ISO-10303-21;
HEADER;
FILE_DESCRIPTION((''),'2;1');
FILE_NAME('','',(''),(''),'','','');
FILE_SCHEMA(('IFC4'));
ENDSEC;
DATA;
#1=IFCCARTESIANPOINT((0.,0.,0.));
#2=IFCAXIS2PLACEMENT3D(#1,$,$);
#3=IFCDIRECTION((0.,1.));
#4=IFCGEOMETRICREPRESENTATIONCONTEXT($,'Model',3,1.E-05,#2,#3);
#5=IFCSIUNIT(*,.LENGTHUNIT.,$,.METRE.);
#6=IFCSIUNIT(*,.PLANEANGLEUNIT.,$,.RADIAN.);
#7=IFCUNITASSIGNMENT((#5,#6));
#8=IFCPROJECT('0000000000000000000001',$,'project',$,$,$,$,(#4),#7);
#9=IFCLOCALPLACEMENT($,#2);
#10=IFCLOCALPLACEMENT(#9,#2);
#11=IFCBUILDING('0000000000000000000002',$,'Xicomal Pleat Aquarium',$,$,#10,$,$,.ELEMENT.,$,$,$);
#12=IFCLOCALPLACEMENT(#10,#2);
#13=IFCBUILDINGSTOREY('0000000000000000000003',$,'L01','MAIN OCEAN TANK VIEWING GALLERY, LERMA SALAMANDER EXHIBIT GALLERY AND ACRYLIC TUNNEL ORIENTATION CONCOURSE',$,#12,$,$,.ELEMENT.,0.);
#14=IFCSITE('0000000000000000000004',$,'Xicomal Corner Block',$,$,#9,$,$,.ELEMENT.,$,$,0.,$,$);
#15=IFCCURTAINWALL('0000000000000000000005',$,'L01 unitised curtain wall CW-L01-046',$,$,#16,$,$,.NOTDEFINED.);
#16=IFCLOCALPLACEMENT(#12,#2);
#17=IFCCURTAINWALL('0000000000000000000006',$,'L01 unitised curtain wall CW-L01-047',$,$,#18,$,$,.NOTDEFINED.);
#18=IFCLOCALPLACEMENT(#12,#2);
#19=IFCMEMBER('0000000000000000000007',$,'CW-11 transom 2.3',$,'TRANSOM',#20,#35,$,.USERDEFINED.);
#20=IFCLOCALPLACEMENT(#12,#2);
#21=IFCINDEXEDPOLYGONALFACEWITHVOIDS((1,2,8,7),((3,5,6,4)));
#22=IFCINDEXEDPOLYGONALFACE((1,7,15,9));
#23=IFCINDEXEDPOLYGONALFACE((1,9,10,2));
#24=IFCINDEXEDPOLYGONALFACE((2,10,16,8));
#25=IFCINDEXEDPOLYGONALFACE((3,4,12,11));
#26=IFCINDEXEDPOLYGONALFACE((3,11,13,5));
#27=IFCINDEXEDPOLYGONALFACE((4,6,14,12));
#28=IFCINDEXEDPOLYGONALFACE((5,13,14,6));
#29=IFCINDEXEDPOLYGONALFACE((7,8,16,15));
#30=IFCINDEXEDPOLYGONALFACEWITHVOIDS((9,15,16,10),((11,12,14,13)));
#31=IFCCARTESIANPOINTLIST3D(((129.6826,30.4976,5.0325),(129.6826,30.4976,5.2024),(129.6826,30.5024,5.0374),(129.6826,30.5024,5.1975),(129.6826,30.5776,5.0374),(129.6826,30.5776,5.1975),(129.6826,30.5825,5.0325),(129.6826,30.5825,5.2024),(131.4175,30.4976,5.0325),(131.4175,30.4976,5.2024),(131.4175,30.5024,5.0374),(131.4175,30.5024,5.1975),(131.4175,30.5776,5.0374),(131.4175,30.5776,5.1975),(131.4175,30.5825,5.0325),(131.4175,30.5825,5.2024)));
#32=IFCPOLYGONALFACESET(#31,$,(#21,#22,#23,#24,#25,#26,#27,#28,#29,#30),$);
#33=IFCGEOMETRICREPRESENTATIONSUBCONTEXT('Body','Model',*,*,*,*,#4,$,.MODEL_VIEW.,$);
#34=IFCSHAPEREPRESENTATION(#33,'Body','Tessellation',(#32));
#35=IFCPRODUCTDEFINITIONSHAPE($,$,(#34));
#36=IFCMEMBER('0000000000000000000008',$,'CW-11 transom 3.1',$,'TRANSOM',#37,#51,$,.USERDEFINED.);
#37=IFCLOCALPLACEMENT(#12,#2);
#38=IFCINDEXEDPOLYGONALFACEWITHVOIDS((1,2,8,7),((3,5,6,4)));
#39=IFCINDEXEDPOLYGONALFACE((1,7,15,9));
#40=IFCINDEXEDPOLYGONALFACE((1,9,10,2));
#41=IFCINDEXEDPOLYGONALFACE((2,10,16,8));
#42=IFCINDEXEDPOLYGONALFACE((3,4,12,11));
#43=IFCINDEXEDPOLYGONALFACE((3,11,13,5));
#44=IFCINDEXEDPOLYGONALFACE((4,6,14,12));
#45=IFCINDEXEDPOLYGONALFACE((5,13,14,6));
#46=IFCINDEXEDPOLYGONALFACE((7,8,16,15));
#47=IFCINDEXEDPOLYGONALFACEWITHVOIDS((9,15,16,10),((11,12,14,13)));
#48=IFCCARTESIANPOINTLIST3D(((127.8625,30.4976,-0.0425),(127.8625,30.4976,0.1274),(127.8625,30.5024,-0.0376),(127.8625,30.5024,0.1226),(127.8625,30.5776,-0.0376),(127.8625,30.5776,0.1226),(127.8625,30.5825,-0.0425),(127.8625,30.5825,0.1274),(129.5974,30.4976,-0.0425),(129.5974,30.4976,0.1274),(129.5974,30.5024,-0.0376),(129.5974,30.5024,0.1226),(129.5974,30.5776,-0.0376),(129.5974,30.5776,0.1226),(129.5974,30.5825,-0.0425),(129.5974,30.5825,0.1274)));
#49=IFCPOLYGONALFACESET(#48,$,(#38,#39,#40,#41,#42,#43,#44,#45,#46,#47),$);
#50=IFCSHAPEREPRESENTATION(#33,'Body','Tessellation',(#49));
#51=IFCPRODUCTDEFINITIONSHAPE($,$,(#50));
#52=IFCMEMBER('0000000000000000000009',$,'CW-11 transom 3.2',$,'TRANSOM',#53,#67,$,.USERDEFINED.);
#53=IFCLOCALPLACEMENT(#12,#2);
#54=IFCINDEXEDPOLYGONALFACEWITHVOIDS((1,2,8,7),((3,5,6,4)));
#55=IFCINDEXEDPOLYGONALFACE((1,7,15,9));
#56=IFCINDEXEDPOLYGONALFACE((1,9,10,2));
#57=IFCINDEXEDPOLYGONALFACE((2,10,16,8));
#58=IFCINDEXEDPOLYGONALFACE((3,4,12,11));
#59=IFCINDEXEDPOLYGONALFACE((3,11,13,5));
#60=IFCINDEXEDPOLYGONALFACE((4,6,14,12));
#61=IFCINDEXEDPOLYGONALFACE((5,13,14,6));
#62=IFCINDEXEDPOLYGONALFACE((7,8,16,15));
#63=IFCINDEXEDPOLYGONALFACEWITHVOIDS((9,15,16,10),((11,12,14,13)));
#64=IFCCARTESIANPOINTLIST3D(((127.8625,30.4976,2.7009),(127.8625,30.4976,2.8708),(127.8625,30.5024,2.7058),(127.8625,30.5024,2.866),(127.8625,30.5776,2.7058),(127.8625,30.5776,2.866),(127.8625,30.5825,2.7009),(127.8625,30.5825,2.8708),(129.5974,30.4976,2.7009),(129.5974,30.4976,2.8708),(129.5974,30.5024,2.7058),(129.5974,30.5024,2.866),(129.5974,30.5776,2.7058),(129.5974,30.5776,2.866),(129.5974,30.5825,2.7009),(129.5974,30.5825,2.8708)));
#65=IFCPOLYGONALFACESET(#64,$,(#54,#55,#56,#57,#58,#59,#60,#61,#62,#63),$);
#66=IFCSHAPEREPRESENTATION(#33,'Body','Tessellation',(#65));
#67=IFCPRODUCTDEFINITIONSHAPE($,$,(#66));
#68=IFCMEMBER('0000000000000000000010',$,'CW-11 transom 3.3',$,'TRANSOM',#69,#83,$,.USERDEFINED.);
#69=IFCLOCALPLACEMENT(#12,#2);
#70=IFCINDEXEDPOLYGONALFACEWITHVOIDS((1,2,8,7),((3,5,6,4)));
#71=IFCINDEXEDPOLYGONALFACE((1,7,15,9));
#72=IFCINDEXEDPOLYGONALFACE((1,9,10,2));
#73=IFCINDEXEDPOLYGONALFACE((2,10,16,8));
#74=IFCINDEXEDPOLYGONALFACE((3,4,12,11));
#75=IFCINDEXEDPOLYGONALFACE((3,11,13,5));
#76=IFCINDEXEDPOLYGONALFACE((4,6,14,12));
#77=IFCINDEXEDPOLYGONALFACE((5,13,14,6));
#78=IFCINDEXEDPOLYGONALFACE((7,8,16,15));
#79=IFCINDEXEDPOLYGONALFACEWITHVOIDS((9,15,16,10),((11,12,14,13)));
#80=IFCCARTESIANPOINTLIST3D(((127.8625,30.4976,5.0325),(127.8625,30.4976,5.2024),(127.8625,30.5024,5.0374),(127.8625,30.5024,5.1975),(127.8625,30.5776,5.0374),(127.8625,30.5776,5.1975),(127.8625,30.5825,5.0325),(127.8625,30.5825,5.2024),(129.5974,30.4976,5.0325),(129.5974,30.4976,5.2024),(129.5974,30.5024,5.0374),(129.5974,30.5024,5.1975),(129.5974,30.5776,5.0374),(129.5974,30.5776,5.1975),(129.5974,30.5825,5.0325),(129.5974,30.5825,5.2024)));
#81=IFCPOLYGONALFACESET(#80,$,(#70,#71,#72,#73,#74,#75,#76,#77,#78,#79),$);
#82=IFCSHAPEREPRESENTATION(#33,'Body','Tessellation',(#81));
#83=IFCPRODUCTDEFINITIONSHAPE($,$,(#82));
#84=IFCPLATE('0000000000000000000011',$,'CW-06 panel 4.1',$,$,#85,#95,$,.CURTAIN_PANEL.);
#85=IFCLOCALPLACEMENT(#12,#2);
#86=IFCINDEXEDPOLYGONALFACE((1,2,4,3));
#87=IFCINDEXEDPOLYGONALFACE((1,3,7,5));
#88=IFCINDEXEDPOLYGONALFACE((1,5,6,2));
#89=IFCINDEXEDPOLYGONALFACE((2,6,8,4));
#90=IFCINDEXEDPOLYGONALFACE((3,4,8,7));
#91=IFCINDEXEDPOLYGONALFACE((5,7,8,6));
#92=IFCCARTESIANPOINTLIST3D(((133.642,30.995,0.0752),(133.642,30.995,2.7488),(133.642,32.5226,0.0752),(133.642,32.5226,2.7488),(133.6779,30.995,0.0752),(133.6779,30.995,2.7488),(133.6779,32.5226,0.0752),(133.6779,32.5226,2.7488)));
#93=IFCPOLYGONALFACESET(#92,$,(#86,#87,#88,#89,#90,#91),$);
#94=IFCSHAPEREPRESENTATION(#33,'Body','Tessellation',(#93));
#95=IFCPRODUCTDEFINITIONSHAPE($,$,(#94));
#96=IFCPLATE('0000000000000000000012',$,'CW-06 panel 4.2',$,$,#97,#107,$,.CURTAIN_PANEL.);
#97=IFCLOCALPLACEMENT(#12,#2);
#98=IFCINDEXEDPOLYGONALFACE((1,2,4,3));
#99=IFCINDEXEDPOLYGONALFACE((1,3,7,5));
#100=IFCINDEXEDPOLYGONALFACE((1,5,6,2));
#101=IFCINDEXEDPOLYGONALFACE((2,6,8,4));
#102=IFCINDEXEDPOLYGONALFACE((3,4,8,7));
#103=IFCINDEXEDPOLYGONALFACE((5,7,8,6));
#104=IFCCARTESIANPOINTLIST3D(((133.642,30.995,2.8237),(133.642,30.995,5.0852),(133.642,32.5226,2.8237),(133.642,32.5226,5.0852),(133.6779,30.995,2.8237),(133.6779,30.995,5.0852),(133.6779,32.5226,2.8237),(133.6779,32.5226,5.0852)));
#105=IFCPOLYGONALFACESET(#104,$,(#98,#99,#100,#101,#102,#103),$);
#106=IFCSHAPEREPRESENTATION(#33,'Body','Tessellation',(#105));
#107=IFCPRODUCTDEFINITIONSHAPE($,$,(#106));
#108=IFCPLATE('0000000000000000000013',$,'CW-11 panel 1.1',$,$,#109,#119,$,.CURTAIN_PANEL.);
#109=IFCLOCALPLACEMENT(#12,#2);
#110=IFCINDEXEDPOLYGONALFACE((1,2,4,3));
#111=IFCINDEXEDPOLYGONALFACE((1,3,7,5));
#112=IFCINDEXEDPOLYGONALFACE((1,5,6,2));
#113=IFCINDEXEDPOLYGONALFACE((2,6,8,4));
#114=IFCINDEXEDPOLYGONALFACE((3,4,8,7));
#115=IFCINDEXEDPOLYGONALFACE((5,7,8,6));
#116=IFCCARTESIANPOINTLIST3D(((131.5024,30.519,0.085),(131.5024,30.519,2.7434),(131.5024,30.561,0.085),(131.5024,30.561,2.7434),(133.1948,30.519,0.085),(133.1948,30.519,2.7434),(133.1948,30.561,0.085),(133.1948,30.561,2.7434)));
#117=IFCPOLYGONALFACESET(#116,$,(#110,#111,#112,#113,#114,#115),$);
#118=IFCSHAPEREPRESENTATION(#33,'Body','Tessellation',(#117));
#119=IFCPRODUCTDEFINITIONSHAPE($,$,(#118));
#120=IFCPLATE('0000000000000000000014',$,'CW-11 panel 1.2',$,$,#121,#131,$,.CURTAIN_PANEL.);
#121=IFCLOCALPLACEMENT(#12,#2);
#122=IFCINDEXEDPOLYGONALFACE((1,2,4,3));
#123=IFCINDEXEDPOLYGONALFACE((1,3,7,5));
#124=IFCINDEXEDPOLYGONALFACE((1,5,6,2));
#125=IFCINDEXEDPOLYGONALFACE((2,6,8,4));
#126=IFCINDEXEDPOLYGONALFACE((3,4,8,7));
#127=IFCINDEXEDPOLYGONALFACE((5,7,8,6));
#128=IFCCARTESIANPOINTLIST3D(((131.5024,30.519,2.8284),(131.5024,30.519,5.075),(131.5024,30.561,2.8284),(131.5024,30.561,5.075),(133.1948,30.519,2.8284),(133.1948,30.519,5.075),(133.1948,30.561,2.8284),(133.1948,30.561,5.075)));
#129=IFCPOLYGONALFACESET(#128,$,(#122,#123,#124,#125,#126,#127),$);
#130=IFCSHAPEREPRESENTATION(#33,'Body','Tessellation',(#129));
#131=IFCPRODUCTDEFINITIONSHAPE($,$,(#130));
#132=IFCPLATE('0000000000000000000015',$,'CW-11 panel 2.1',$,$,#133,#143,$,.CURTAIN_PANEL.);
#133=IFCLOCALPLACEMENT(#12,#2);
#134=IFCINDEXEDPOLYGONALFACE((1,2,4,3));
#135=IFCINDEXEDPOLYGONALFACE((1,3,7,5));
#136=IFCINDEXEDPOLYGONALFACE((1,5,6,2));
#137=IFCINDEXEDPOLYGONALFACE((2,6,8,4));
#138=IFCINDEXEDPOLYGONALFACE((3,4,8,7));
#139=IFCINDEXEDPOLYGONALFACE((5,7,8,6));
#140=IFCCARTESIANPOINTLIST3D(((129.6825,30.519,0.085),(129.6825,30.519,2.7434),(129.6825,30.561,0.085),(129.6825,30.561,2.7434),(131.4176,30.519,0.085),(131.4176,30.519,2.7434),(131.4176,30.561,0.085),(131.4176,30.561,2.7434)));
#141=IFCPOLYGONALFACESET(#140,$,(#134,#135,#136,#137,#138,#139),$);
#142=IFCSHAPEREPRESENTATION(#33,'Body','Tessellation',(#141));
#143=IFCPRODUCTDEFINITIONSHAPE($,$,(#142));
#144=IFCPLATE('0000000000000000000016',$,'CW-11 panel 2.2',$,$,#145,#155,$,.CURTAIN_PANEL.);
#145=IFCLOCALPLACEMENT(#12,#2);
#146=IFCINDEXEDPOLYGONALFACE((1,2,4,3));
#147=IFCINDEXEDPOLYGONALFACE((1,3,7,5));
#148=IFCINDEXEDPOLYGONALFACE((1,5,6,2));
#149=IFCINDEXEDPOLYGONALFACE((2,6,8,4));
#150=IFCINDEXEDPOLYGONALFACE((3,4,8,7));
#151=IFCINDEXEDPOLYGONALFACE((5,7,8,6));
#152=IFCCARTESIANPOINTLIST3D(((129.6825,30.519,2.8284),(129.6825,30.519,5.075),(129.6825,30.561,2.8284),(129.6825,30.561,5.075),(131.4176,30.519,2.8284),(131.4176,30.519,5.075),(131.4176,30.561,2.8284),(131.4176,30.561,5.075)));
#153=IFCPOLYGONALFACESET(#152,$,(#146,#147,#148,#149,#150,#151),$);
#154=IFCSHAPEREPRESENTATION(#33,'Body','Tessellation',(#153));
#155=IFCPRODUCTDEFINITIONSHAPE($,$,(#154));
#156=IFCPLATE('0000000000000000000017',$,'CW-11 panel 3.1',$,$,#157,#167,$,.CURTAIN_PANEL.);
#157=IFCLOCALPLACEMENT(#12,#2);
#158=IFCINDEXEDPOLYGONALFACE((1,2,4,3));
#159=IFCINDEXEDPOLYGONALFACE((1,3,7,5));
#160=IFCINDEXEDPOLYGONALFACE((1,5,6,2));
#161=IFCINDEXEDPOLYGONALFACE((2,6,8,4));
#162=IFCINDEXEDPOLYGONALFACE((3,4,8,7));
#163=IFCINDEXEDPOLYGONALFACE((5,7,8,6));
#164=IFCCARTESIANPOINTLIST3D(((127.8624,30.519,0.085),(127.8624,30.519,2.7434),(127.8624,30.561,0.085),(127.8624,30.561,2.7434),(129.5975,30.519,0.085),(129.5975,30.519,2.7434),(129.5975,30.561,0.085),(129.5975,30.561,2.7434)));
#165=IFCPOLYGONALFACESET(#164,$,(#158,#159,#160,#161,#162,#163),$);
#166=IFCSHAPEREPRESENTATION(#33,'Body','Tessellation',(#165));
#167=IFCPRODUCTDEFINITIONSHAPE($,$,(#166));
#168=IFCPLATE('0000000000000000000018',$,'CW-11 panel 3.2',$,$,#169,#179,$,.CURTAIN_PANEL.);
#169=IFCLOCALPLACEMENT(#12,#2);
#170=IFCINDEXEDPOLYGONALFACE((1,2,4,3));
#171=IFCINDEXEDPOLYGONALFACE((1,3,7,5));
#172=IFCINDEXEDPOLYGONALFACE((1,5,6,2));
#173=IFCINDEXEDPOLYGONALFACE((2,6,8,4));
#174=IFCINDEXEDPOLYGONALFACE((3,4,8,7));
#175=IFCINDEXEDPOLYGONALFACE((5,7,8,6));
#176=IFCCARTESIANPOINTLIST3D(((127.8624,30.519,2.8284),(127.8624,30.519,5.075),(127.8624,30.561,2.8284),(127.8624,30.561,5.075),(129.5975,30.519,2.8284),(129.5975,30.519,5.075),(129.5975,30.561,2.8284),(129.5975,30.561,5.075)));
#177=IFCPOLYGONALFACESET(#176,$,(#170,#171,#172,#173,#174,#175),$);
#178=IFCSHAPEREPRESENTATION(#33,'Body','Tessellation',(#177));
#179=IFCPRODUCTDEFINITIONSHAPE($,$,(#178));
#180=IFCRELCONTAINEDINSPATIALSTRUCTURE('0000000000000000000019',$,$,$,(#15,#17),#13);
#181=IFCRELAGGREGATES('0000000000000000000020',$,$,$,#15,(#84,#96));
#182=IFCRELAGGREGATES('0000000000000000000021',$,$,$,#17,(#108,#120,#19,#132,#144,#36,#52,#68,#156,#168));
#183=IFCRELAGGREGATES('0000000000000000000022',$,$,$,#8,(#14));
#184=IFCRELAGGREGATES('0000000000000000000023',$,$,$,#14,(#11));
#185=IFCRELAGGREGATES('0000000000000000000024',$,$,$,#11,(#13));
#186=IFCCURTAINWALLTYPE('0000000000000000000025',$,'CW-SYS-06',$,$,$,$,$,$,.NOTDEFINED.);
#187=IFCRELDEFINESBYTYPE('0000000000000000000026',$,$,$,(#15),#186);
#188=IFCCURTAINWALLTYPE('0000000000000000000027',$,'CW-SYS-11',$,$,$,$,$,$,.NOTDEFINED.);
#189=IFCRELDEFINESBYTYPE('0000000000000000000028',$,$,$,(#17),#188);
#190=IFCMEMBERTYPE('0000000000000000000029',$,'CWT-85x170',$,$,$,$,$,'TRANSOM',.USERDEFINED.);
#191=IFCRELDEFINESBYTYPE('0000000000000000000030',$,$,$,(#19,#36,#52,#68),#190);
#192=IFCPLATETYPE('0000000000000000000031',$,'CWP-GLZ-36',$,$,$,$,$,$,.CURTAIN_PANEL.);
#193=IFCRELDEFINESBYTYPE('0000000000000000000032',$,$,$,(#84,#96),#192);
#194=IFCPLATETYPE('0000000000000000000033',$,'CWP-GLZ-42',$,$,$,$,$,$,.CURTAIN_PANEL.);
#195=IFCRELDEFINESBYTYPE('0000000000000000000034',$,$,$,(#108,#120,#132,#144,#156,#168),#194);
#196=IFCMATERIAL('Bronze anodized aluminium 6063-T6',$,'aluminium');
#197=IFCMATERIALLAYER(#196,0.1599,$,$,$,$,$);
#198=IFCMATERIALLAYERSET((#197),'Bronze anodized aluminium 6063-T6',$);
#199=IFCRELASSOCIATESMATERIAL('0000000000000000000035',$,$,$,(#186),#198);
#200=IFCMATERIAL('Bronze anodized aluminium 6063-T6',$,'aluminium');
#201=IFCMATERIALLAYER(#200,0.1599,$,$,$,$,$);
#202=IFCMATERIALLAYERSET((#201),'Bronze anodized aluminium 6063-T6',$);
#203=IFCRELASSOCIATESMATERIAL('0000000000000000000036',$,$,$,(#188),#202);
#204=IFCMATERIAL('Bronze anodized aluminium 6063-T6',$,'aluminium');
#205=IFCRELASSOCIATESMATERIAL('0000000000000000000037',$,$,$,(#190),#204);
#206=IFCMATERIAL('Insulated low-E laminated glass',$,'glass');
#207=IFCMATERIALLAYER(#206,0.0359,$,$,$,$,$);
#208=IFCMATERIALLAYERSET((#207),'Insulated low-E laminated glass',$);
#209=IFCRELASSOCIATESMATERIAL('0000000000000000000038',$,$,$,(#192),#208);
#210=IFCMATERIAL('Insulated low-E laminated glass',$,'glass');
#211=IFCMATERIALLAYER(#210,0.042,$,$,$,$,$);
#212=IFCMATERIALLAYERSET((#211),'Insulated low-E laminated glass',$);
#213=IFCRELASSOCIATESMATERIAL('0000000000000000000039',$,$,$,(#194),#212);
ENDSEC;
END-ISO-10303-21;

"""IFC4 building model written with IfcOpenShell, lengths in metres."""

from ifc_helpers import new_model, si_unit, direction, frame, origin, origin_2d, place, context, subcontext, project, spatial, rectangle, hollow_rectangle, extrude, material, layer, layer_set, material_profile, profile_set, type_object, element, aggregate, save


model = new_model("IFC4")

# Units and contexts
model_context = context("Model", 3, precision=1e-05, world=origin(), true_north=direction((0.0, 1.0)))
body_context = subcontext(model_context, "Body", "Model", "MODEL_VIEW")
ifc_project = project(units=[si_unit("LENGTHUNIT", "METRE"), si_unit("PLANEANGLEUNIT", "RADIAN")], contexts=[model_context])

# Site, building, storey
site_placement = place(None, origin())
site = spatial("IfcSite", under=ifc_project, at=site_placement, Name="Xicomal Corner Block", CompositionType="ELEMENT", RefElevation=0.0)
building_placement = place(site_placement, origin())
building = spatial("IfcBuilding", under=site, at=building_placement, Name="Xicomal Pleat Aquarium", CompositionType="ELEMENT")
storey_placement = place(building_placement, origin())
storey = spatial("IfcBuildingStorey", under=building, at=storey_placement, Name="L01", Description="MAIN OCEAN TANK VIEWING GALLERY, LERMA SALAMANDER EXHIBIT GALLERY AND ACRYLIC TUNNEL ORIENTATION CONCOURSE", CompositionType="ELEMENT", Elevation=0.0)

# Curtain wall
ifc_material_1 = material(Name="Bronze anodized aluminium 6063-T6", Category="aluminium")
ifc_layer_1 = layer(ifc_material_1, 0.1599)
ifc_layer_set_1 = layer_set([ifc_layer_1], Name="Bronze anodized aluminium 6063-T6")
curtain_wall_type_1 = type_object("IfcCurtainWallType", Name="CW-SYS-06", PredefinedType="NOTDEFINED", material=ifc_layer_set_1)
curtain_wall_1_placement = place(storey_placement, origin())
curtain_wall_1 = element("IfcCurtainWall", 1, at=curtain_wall_1_placement, inside=storey, type_object=curtain_wall_type_1, Name="L01 unitised curtain wall CW-L01-046", PredefinedType="NOTDEFINED")

# Curtain wall, members
ifc_material_2 = material(Name="Bronze anodized aluminium 6063-T6", Category="aluminium")
ifc_layer_2 = layer(ifc_material_2, 0.1599)
ifc_layer_set_2 = layer_set([ifc_layer_2], Name="Bronze anodized aluminium 6063-T6")
curtain_wall_type_2 = type_object("IfcCurtainWallType", Name="CW-SYS-11", PredefinedType="NOTDEFINED", material=ifc_layer_set_2)
curtain_wall_2_placement = place(storey_placement, origin())
curtain_wall_2 = element("IfcCurtainWall", 2, at=curtain_wall_2_placement, inside=storey, type_object=curtain_wall_type_2, Name="L01 unitised curtain wall CW-L01-047", PredefinedType="NOTDEFINED")
ifc_material_3 = material(Name="Bronze anodized aluminium 6063-T6", Category="aluminium")
ifc_material_profile_1 = material_profile(ifc_material_3, hollow_rectangle(XDim=0.085, YDim=0.1699, WallThickness=0.0049, at=origin_2d()), Name="ALU TRAN 85x170")
ifc_profile_set_1 = profile_set([ifc_material_profile_1], Name="Bronze anodized aluminium 6063-T6")
member_type_1 = type_object("IfcMemberType", Name="CWT-85x170", ElementType="TRANSOM", PredefinedType="USERDEFINED", material=ifc_profile_set_1)
member_1_placement = place(storey_placement, frame((131.4175, 30.54, 5.1174), z_axis=(-1.0, 0.0, 0.0), x_axis=(0.0, -1.0, 0.0)))
member_1 = element("IfcMember", 3, at=member_1_placement, type_object=member_type_1, Name="CW-11 transom 2.3", ObjectType="TRANSOM", PredefinedType="USERDEFINED", context=body_context, shape_type="SweptSolid", body=[
    extrude(hollow_rectangle(XDim=0.085, YDim=0.1699, WallThickness=0.0049, at=origin_2d()), origin(), (0.0, 0.0, 1.0), 1.7349),
])
member_2_placement = place(storey_placement, frame((129.5974, 30.54, 0.0425), z_axis=(-1.0, 0.0, 0.0), x_axis=(0.0, -1.0, 0.0)))
member_2 = element("IfcMember", 4, at=member_2_placement, type_object=member_type_1, Name="CW-11 transom 3.1", ObjectType="TRANSOM", PredefinedType="USERDEFINED", context=body_context, shape_type="SweptSolid", body=[
    extrude(hollow_rectangle(XDim=0.085, YDim=0.1699, WallThickness=0.0049, at=origin_2d()), origin(), (0.0, 0.0, 1.0), 1.7349),
])
member_3_placement = place(storey_placement, frame((129.5974, 30.54, 2.7859), z_axis=(-1.0, 0.0, 0.0), x_axis=(0.0, -1.0, 0.0)))
member_3 = element("IfcMember", 5, at=member_3_placement, type_object=member_type_1, Name="CW-11 transom 3.2", ObjectType="TRANSOM", PredefinedType="USERDEFINED", context=body_context, shape_type="SweptSolid", body=[
    extrude(hollow_rectangle(XDim=0.085, YDim=0.1699, WallThickness=0.0049, at=origin_2d()), origin(), (0.0, 0.0, 1.0), 1.7349),
])
member_4_placement = place(storey_placement, frame((129.5974, 30.54, 5.1174), z_axis=(-1.0, 0.0, 0.0), x_axis=(0.0, -1.0, 0.0)))
member_4 = element("IfcMember", 6, at=member_4_placement, type_object=member_type_1, Name="CW-11 transom 3.3", ObjectType="TRANSOM", PredefinedType="USERDEFINED", context=body_context, shape_type="SweptSolid", body=[
    extrude(hollow_rectangle(XDim=0.085, YDim=0.1699, WallThickness=0.0049, at=origin_2d()), origin(), (0.0, 0.0, 1.0), 1.7349),
])

# Plates
ifc_material_4 = material(Name="Insulated low-E laminated glass", Category="glass")
ifc_layer_3 = layer(ifc_material_4, 0.0359)
ifc_layer_set_3 = layer_set([ifc_layer_3], Name="Insulated low-E laminated glass")
plate_type_1 = type_object("IfcPlateType", Name="CWP-GLZ-36", PredefinedType="CURTAIN_PANEL", material=ifc_layer_set_3)
plate_1_placement = place(storey_placement, frame((133.6599, 31.7588, 0.0752), z_axis=(0.0, 0.0, 1.0), x_axis=(0.0, -1.0, 0.0)))
plate_1 = element("IfcPlate", 7, at=plate_1_placement, type_object=plate_type_1, Name="CW-06 panel 4.1", PredefinedType="CURTAIN_PANEL", context=body_context, shape_type="SweptSolid", body=[
    extrude(rectangle(XDim=1.5276, YDim=0.0359, at=origin_2d()), origin(), (0.0, 0.0, 1.0), 2.6736),
])
plate_2_placement = place(storey_placement, frame((133.6599, 31.7588, 2.8237), z_axis=(0.0, 0.0, 1.0), x_axis=(0.0, -1.0, 0.0)))
plate_2 = element("IfcPlate", 8, at=plate_2_placement, type_object=plate_type_1, Name="CW-06 panel 4.2", PredefinedType="CURTAIN_PANEL", context=body_context, shape_type="SweptSolid", body=[
    extrude(rectangle(XDim=1.5276, YDim=0.0359, at=origin_2d()), origin(), (0.0, 0.0, 1.0), 2.2615),
])
aggregate(curtain_wall_1, [plate_1, plate_2])
ifc_material_5 = material(Name="Insulated low-E laminated glass", Category="glass")
ifc_layer_4 = layer(ifc_material_5, 0.042)
ifc_layer_set_4 = layer_set([ifc_layer_4], Name="Insulated low-E laminated glass")
plate_type_2 = type_object("IfcPlateType", Name="CWP-GLZ-42", PredefinedType="CURTAIN_PANEL", material=ifc_layer_set_4)
plate_3_placement = place(storey_placement, frame((132.3486, 30.54, 0.085), z_axis=(0.0, 0.0, 1.0), x_axis=(-1.0, 0.0, 0.0)))
plate_3 = element("IfcPlate", 9, at=plate_3_placement, type_object=plate_type_2, Name="CW-11 panel 1.1", PredefinedType="CURTAIN_PANEL", context=body_context, shape_type="SweptSolid", body=[
    extrude(rectangle(XDim=1.6924, YDim=0.042, at=origin_2d()), origin(), (0.0, 0.0, 1.0), 2.6584),
])
plate_4_placement = place(storey_placement, frame((132.3486, 30.54, 2.8284), z_axis=(0.0, 0.0, 1.0), x_axis=(-1.0, 0.0, 0.0)))
plate_4 = element("IfcPlate", 10, at=plate_4_placement, type_object=plate_type_2, Name="CW-11 panel 1.2", PredefinedType="CURTAIN_PANEL", context=body_context, shape_type="SweptSolid", body=[
    extrude(rectangle(XDim=1.6924, YDim=0.042, at=origin_2d()), origin(), (0.0, 0.0, 1.0), 2.2466),
])
plate_5_placement = place(storey_placement, frame((130.55, 30.54, 0.085), z_axis=(0.0, 0.0, 1.0), x_axis=(-1.0, 0.0, 0.0)))
plate_5 = element("IfcPlate", 11, at=plate_5_placement, type_object=plate_type_2, Name="CW-11 panel 2.1", PredefinedType="CURTAIN_PANEL", context=body_context, shape_type="SweptSolid", body=[
    extrude(rectangle(XDim=1.7351, YDim=0.042, at=origin_2d()), origin(), (0.0, 0.0, 1.0), 2.6584),
])
plate_6_placement = place(storey_placement, frame((130.55, 30.54, 2.8284), z_axis=(0.0, 0.0, 1.0), x_axis=(-1.0, 0.0, 0.0)))
plate_6 = element("IfcPlate", 12, at=plate_6_placement, type_object=plate_type_2, Name="CW-11 panel 2.2", PredefinedType="CURTAIN_PANEL", context=body_context, shape_type="SweptSolid", body=[
    extrude(rectangle(XDim=1.7351, YDim=0.042, at=origin_2d()), origin(), (0.0, 0.0, 1.0), 2.2466),
])
plate_7_placement = place(storey_placement, frame((128.73, 30.54, 0.085), z_axis=(0.0, 0.0, 1.0), x_axis=(-1.0, 0.0, 0.0)))
plate_7 = element("IfcPlate", 13, at=plate_7_placement, type_object=plate_type_2, Name="CW-11 panel 3.1", PredefinedType="CURTAIN_PANEL", context=body_context, shape_type="SweptSolid", body=[
    extrude(rectangle(XDim=1.7351, YDim=0.042, at=origin_2d()), origin(), (0.0, 0.0, 1.0), 2.6584),
])
plate_8_placement = place(storey_placement, frame((128.73, 30.54, 2.8284), z_axis=(0.0, 0.0, 1.0), x_axis=(-1.0, 0.0, 0.0)))
plate_8 = element("IfcPlate", 14, at=plate_8_placement, type_object=plate_type_2, Name="CW-11 panel 3.2", PredefinedType="CURTAIN_PANEL", context=body_context, shape_type="SweptSolid", body=[
    extrude(rectangle(XDim=1.7351, YDim=0.042, at=origin_2d()), origin(), (0.0, 0.0, 1.0), 2.2466),
])
aggregate(curtain_wall_2, [plate_3, plate_4, member_1, plate_5, plate_6, member_2, member_3, member_4, plate_7, plate_8])

save(model, "model.ifc")
